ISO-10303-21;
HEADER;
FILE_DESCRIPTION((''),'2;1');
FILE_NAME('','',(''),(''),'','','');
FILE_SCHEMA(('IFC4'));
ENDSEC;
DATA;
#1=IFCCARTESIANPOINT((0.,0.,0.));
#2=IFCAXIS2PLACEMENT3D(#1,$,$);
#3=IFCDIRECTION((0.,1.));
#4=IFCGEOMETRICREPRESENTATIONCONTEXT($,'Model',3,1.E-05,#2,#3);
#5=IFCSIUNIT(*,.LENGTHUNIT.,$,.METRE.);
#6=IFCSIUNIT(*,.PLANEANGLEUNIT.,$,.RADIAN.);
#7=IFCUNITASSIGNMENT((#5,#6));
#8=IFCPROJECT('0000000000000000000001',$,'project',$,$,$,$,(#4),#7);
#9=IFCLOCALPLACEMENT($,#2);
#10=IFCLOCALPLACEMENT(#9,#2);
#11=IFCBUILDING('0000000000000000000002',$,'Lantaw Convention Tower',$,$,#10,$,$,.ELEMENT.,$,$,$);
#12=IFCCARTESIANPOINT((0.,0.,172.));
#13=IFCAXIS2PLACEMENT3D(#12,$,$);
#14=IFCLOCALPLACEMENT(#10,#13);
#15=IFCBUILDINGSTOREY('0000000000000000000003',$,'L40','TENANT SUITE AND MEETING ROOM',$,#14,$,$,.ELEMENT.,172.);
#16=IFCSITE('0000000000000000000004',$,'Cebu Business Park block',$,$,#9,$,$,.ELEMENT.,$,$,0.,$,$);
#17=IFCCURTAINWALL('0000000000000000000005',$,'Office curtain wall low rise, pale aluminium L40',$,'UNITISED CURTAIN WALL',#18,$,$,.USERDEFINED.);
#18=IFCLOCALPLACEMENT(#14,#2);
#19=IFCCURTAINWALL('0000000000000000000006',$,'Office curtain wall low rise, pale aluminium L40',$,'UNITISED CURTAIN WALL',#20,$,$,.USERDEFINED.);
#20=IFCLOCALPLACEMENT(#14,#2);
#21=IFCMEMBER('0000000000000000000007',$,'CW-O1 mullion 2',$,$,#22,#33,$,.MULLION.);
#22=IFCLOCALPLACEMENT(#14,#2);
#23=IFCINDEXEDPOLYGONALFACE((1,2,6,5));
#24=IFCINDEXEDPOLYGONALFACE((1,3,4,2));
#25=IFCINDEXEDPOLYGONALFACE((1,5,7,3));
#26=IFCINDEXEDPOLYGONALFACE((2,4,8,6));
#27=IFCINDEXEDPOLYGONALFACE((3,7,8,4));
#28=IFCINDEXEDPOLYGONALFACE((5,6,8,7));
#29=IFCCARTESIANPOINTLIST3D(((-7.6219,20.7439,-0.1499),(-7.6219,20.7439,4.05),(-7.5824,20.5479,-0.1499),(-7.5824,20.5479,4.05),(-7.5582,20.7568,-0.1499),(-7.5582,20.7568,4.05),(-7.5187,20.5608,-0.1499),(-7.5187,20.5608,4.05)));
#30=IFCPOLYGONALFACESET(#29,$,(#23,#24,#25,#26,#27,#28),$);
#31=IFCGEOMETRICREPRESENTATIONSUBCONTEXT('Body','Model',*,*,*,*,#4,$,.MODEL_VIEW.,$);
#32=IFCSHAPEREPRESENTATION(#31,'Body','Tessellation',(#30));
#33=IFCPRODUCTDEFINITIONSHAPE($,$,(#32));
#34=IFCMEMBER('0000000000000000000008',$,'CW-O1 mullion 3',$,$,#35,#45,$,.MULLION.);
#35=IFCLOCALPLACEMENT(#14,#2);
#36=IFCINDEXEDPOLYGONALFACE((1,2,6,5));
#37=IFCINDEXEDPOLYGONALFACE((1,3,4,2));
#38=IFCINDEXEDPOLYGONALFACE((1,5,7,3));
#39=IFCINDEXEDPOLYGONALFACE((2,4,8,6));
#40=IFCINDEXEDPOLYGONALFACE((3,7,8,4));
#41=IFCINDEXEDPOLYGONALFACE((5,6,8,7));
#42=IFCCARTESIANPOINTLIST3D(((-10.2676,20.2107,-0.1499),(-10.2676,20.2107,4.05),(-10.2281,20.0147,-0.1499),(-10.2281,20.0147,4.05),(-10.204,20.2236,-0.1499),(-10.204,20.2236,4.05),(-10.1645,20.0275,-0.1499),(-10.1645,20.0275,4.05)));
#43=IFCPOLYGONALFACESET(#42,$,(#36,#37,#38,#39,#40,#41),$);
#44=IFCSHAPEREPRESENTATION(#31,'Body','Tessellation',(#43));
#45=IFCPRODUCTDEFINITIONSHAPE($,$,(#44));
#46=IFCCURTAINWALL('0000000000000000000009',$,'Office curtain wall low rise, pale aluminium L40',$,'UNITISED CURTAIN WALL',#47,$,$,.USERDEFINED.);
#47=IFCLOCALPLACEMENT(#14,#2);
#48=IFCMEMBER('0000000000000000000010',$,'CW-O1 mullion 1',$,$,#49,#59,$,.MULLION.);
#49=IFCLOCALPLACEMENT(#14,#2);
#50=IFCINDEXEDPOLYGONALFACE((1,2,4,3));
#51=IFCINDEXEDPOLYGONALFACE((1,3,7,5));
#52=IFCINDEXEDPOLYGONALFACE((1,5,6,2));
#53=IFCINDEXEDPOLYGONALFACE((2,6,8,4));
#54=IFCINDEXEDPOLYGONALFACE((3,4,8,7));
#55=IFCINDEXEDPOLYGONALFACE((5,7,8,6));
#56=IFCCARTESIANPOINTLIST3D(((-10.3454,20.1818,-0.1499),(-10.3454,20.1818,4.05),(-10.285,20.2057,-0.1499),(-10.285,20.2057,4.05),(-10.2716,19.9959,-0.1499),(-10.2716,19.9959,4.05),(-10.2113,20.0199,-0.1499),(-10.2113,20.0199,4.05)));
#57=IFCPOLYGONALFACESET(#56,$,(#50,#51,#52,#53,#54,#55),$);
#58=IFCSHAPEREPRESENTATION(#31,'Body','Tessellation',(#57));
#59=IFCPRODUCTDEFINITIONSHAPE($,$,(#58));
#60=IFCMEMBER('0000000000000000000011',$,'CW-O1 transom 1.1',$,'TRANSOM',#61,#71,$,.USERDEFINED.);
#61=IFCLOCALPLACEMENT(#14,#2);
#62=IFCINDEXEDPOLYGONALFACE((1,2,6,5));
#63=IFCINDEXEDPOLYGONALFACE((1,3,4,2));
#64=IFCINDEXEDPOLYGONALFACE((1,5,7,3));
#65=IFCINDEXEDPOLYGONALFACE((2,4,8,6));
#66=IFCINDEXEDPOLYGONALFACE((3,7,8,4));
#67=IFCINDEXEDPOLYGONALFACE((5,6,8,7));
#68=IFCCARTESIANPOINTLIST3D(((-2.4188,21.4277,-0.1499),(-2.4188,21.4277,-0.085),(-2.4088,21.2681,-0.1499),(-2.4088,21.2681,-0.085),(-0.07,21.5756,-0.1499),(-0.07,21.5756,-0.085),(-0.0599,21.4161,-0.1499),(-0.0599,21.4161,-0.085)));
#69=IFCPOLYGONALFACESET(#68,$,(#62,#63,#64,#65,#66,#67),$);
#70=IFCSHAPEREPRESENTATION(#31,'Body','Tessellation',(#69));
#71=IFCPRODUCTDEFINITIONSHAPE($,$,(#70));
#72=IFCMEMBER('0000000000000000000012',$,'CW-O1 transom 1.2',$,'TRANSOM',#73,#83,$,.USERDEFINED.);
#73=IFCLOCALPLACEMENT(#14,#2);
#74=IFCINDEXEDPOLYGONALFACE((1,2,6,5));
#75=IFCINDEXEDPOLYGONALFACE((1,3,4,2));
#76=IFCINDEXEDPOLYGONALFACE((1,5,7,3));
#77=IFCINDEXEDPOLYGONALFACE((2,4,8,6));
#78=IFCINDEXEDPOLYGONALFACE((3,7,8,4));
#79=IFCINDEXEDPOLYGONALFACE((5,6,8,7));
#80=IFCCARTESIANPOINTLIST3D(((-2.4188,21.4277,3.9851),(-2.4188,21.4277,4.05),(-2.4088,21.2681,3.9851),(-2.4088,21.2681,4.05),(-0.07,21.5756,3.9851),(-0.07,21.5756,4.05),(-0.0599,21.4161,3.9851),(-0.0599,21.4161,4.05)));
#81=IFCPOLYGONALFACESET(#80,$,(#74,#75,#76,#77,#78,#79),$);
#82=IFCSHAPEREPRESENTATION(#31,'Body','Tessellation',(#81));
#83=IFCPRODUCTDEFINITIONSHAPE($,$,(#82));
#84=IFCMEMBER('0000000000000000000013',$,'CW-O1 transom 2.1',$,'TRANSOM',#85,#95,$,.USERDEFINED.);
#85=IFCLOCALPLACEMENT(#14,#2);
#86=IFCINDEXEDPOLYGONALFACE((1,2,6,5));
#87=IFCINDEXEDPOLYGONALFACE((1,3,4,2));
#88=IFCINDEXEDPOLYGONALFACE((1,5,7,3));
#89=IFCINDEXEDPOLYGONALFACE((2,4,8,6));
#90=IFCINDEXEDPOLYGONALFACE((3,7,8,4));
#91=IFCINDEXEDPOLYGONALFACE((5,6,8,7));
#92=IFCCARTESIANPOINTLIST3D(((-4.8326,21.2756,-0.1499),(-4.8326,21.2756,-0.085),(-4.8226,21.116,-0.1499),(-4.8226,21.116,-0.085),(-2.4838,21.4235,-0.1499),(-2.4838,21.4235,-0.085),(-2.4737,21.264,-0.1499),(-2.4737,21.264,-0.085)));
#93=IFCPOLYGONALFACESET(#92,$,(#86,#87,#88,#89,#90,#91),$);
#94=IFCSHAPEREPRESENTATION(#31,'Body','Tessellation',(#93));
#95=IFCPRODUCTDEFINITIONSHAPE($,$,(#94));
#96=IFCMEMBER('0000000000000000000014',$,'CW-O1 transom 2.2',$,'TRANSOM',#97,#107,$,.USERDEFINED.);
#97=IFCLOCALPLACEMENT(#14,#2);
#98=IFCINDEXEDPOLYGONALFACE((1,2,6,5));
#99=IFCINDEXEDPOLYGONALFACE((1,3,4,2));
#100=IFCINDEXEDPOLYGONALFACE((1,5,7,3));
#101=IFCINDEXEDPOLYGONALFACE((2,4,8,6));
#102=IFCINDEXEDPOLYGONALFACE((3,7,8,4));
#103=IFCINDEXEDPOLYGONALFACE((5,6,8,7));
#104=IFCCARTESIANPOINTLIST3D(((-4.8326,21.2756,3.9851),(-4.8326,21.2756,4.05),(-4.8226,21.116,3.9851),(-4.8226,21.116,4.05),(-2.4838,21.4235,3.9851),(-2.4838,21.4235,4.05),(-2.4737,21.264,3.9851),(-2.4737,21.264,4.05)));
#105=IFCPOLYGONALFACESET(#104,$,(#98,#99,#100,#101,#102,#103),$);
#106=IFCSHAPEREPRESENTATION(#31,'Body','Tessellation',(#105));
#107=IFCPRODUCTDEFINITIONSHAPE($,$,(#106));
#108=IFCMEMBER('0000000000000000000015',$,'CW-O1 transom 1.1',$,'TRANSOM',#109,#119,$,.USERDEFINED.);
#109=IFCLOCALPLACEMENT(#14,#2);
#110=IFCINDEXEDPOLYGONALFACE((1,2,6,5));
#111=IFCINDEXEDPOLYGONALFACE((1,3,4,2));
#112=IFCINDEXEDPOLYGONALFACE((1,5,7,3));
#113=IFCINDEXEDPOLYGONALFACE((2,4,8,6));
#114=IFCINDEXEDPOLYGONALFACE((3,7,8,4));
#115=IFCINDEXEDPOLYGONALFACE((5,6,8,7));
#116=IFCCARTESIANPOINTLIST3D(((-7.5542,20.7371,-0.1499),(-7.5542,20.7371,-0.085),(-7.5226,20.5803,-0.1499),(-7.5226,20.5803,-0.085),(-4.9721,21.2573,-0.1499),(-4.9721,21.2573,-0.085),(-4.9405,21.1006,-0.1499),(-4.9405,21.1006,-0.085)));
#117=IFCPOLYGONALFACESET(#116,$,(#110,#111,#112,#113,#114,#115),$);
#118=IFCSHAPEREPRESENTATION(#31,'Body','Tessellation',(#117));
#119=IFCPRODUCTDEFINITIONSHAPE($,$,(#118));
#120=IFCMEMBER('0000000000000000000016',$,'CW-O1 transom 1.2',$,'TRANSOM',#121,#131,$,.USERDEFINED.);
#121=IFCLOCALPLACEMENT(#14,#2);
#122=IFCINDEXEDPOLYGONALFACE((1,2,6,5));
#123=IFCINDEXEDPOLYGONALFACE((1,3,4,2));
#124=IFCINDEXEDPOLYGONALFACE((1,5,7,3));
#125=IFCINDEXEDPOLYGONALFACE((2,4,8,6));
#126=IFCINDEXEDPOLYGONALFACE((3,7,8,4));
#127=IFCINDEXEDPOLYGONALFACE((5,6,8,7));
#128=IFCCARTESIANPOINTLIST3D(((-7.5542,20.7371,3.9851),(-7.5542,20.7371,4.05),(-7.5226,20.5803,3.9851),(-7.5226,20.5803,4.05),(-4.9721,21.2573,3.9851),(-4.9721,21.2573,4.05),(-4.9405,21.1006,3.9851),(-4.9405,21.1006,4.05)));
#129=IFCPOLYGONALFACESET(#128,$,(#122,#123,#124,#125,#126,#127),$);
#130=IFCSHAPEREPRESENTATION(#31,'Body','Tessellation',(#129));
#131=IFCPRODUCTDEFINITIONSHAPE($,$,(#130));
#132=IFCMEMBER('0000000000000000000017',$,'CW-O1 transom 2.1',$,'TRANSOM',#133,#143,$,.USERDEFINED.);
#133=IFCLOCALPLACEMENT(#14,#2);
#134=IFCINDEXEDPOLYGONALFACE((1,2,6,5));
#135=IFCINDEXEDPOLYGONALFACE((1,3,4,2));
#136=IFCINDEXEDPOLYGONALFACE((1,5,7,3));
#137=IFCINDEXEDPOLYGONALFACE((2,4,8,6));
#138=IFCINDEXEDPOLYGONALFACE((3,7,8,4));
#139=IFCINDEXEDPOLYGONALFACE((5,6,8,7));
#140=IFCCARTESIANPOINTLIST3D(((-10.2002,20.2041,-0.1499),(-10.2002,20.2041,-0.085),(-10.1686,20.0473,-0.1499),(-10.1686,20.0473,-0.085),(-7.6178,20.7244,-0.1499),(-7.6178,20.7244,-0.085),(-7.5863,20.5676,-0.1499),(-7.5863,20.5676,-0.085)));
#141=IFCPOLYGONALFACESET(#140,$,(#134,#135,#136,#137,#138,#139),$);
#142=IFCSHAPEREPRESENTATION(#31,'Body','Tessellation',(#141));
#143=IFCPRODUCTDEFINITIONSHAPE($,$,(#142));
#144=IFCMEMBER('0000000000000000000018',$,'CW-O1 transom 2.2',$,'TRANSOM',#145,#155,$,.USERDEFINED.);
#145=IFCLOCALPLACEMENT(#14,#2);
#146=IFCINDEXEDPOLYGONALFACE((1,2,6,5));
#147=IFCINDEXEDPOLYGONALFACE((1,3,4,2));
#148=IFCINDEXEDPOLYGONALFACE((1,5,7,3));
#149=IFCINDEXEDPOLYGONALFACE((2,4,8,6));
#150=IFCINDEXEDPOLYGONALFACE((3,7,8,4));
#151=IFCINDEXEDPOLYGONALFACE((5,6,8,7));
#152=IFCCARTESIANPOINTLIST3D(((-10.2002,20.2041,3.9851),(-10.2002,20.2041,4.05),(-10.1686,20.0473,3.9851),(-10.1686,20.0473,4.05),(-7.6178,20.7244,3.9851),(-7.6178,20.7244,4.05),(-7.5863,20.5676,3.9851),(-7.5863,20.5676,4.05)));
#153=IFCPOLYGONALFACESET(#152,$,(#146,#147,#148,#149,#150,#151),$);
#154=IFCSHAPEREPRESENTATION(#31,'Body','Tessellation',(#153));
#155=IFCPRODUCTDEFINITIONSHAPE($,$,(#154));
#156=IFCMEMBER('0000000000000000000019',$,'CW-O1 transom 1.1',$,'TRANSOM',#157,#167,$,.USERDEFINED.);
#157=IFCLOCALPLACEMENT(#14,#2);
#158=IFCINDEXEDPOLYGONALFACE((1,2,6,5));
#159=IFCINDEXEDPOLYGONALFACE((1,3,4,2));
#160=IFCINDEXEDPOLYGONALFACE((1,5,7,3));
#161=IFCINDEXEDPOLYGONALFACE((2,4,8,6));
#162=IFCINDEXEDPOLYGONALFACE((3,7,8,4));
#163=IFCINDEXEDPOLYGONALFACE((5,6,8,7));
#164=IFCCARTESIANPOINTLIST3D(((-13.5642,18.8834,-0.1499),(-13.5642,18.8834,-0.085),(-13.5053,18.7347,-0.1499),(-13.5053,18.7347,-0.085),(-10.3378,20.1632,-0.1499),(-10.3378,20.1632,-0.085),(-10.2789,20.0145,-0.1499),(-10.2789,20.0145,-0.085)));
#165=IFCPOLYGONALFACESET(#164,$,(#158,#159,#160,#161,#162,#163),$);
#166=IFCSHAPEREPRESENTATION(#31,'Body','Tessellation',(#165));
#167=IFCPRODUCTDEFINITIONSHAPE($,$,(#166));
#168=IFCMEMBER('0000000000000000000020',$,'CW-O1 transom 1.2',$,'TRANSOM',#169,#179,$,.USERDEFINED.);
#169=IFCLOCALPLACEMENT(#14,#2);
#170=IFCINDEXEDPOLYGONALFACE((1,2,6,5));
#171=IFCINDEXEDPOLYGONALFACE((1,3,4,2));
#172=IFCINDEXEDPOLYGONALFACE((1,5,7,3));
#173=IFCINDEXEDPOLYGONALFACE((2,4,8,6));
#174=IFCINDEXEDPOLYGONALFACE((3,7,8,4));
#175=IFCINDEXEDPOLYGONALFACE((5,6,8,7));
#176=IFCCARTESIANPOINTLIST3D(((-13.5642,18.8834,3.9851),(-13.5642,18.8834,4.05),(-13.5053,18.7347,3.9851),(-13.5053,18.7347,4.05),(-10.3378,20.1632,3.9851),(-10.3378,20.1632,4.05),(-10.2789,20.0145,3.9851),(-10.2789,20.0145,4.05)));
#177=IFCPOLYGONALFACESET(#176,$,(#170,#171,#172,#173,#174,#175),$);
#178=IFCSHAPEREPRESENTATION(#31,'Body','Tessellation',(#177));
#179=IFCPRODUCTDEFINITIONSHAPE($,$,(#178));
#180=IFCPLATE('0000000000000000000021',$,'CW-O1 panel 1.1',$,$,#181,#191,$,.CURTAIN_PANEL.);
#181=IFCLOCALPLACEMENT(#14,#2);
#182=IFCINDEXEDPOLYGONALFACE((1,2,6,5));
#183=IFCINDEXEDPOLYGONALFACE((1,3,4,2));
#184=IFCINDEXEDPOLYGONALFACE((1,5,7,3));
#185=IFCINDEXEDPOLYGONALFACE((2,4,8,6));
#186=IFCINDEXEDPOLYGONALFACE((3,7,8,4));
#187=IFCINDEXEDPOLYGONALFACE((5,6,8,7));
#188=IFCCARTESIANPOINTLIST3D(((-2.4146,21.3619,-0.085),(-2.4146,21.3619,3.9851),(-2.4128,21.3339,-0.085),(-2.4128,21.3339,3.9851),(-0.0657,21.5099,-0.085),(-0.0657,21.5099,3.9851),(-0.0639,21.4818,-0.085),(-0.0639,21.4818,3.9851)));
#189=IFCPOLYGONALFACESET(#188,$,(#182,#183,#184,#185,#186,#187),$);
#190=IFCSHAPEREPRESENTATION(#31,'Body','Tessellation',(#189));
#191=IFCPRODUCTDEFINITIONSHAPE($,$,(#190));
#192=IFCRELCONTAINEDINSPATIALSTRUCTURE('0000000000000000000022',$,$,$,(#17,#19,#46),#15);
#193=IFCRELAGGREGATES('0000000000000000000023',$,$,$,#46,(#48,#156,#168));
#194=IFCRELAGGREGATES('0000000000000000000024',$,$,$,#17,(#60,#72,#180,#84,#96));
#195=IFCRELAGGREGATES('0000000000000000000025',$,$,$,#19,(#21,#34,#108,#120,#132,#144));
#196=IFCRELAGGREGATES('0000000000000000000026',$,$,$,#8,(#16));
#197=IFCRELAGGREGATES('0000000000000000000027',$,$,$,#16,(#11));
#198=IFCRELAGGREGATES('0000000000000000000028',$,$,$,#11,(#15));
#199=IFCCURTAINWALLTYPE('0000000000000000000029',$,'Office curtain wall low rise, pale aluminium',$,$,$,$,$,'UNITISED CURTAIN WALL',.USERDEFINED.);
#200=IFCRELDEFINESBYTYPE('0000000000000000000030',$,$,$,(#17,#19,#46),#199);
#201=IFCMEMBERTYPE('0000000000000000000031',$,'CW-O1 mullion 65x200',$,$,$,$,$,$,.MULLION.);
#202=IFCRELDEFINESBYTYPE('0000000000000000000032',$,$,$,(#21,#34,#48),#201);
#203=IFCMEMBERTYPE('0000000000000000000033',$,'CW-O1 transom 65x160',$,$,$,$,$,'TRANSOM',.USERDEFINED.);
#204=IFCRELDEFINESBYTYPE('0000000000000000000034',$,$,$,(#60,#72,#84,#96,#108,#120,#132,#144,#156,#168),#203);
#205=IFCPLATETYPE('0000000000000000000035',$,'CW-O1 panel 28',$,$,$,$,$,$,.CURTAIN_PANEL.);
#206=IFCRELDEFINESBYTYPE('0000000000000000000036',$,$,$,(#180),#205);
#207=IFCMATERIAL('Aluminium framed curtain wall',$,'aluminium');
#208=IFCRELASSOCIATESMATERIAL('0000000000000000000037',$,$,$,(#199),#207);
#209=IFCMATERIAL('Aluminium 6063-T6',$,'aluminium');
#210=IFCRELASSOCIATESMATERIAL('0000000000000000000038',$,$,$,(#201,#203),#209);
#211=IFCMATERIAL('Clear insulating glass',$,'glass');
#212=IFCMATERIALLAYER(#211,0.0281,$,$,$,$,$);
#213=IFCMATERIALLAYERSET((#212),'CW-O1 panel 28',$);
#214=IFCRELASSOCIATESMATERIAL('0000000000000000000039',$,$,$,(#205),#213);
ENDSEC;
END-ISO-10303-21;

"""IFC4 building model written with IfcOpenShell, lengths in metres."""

from ifc_helpers import new_model, si_unit, direction, frame, origin, origin_2d, place, context, subcontext, project, spatial, rectangle, extrude, material, layer, layer_set, material_profile, profile_set, type_object, element, aggregate, save


model = new_model("IFC4")

# Units and contexts
model_context = context("Model", 3, precision=1e-05, world=origin(), true_north=direction((0.0, 1.0)))
body_context = subcontext(model_context, "Body", "Model", "MODEL_VIEW")
ifc_project = project(units=[si_unit("LENGTHUNIT", "METRE"), si_unit("PLANEANGLEUNIT", "RADIAN")], contexts=[model_context])

# Site, building, storey
site_placement = place(None, origin())
site = spatial("IfcSite", under=ifc_project, at=site_placement, Name="Cebu Business Park block", CompositionType="ELEMENT", RefElevation=0.0)
building_placement = place(site_placement, origin())
building = spatial("IfcBuilding", under=site, at=building_placement, Name="Lantaw Convention Tower", CompositionType="ELEMENT")
storey_placement = place(building_placement, frame((0.0, 0.0, 172.0)))
storey = spatial("IfcBuildingStorey", under=building, at=storey_placement, Name="L40", Description="TENANT SUITE AND MEETING ROOM", CompositionType="ELEMENT", Elevation=172.0)

# Curtain walls, members
ifc_material_1 = material(Name="Aluminium framed curtain wall", Category="aluminium")
curtain_wall_type = type_object("IfcCurtainWallType", Name="Office curtain wall low rise, pale aluminium", ElementType="UNITISED CURTAIN WALL", PredefinedType="USERDEFINED", material=ifc_material_1)
curtain_wall_1_placement = place(storey_placement, origin())
curtain_wall_1 = element("IfcCurtainWall", 1, at=curtain_wall_1_placement, inside=storey, type_object=curtain_wall_type, Name="Office curtain wall low rise, pale aluminium L40", ObjectType="UNITISED CURTAIN WALL", PredefinedType="USERDEFINED")
ifc_material_2 = material(Name="Aluminium 6063-T6", Category="aluminium")
ifc_material_profile_1 = material_profile(ifc_material_2, rectangle(XDim=0.2, YDim=0.0649, at=origin_2d()), Name="CW-O1 mullion 65x200")
ifc_profile_set_1 = profile_set([ifc_material_profile_1], Name="Aluminium 6063-T6")
member_type_1 = type_object("IfcMemberType", Name="CW-O1 mullion 65x200", PredefinedType="MULLION", material=ifc_profile_set_1)
curtain_wall_2_placement = place(storey_placement, origin())
curtain_wall_2 = element("IfcCurtainWall", 2, at=curtain_wall_2_placement, inside=storey, type_object=curtain_wall_type, Name="Office curtain wall low rise, pale aluminium L40", ObjectType="UNITISED CURTAIN WALL", PredefinedType="USERDEFINED")
member_1_placement = place(storey_placement, frame((-7.5703, 20.6523, -0.1499), z_axis=(0.0, 0.0, 1.0), x_axis=(0.197507, -0.980302, 0.0)))
member_1 = element("IfcMember", 3, at=member_1_placement, type_object=member_type_1, Name="CW-O1 mullion 2", PredefinedType="MULLION", context=body_context, shape_type="SweptSolid", body=[
    extrude(rectangle(XDim=0.2, YDim=0.0649, at=origin_2d()), origin(), (0.0, 0.0, 1.0), 4.2),
])
member_2_placement = place(storey_placement, frame((-10.2161, 20.1191, -0.1499), z_axis=(0.0, 0.0, 1.0), x_axis=(0.197507, -0.980302, 0.0)))
member_2 = element("IfcMember", 4, at=member_2_placement, type_object=member_type_1, Name="CW-O1 mullion 3", PredefinedType="MULLION", context=body_context, shape_type="SweptSolid", body=[
    extrude(rectangle(XDim=0.2, YDim=0.0649, at=origin_2d()), origin(), (0.0, 0.0, 1.0), 4.2),
])

# Curtain wall, member
curtain_wall_3_placement = place(storey_placement, origin())
curtain_wall_3 = element("IfcCurtainWall", 5, at=curtain_wall_3_placement, inside=storey, type_object=curtain_wall_type, Name="Office curtain wall low rise, pale aluminium L40", ObjectType="UNITISED CURTAIN WALL", PredefinedType="USERDEFINED")
member_3_placement = place(storey_placement, frame((-10.2783, 20.1008, -0.1499), z_axis=(0.0, 0.0, 1.0), x_axis=(0.368702, -0.929548, 0.0)))
member_3 = element("IfcMember", 6, at=member_3_placement, type_object=member_type_1, Name="CW-O1 mullion 1", PredefinedType="MULLION", context=body_context, shape_type="SweptSolid", body=[
    extrude(rectangle(XDim=0.2, YDim=0.0649, at=origin_2d()), origin(), (0.0, 0.0, 1.0), 4.2),
])

# Members
ifc_material_profile_2 = material_profile(ifc_material_2, rectangle(XDim=0.1599, YDim=0.0649, at=origin_2d()), Name="CW-O1 transom 65x160")
ifc_profile_set_2 = profile_set([ifc_material_profile_2], Name="Aluminium 6063-T6")
member_type_2 = type_object("IfcMemberType", Name="CW-O1 transom 65x160", ElementType="TRANSOM", PredefinedType="USERDEFINED", material=ifc_profile_set_2)
member_4_placement = place(storey_placement, frame((-0.0649, 21.4958, -0.1174), z_axis=(-0.998022, -0.062863, 0.0), x_axis=(0.062863, -0.998022, 0.0)))
member_4 = element("IfcMember", 7, at=member_4_placement, type_object=member_type_2, Name="CW-O1 transom 1.1", ObjectType="TRANSOM", PredefinedType="USERDEFINED", context=body_context, shape_type="SweptSolid", body=[
    extrude(rectangle(XDim=0.1599, YDim=0.0649, at=origin_2d()), origin(), (0.0, 0.0, 1.0), 2.3535),
])
member_5_placement = place(storey_placement, frame((-0.0649, 21.4958, 4.0176), z_axis=(-0.998022, -0.062863, 0.0), x_axis=(0.062863, -0.998022, 0.0)))
member_5 = element("IfcMember", 8, at=member_5_placement, type_object=member_type_2, Name="CW-O1 transom 1.2", ObjectType="TRANSOM", PredefinedType="USERDEFINED", context=body_context, shape_type="SweptSolid", body=[
    extrude(rectangle(XDim=0.1599, YDim=0.0649, at=origin_2d()), origin(), (0.0, 0.0, 1.0), 2.3535),
])
member_6_placement = place(storey_placement, frame((-2.4788, 21.3438, -0.1174), z_axis=(-0.998022, -0.062863, 0.0), x_axis=(0.062863, -0.998022, 0.0)))
member_6 = element("IfcMember", 9, at=member_6_placement, type_object=member_type_2, Name="CW-O1 transom 2.1", ObjectType="TRANSOM", PredefinedType="USERDEFINED", context=body_context, shape_type="SweptSolid", body=[
    extrude(rectangle(XDim=0.1599, YDim=0.0649, at=origin_2d()), origin(), (0.0, 0.0, 1.0), 2.3535),
])
member_7_placement = place(storey_placement, frame((-2.4788, 21.3438, 4.0176), z_axis=(-0.998022, -0.062863, 0.0), x_axis=(0.062863, -0.998022, 0.0)))
member_7 = element("IfcMember", 10, at=member_7_placement, type_object=member_type_2, Name="CW-O1 transom 2.2", ObjectType="TRANSOM", PredefinedType="USERDEFINED", context=body_context, shape_type="SweptSolid", body=[
    extrude(rectangle(XDim=0.1599, YDim=0.0649, at=origin_2d()), origin(), (0.0, 0.0, 1.0), 2.3535),
])
member_8_placement = place(storey_placement, frame((-4.9563, 21.179, -0.1174), z_axis=(-0.980298, -0.197524, 0.0), x_axis=(0.197524, -0.980298, 0.0)))
member_8 = element("IfcMember", 11, at=member_8_placement, type_object=member_type_2, Name="CW-O1 transom 1.1", ObjectType="TRANSOM", PredefinedType="USERDEFINED", context=body_context, shape_type="SweptSolid", body=[
    extrude(rectangle(XDim=0.1599, YDim=0.0649, at=origin_2d()), origin(), (0.0, 0.0, 1.0), 2.634),
])
member_9_placement = place(storey_placement, frame((-4.9563, 21.179, 4.0176), z_axis=(-0.980298, -0.197524, 0.0), x_axis=(0.197524, -0.980298, 0.0)))
member_9 = element("IfcMember", 12, at=member_9_placement, type_object=member_type_2, Name="CW-O1 transom 1.2", ObjectType="TRANSOM", PredefinedType="USERDEFINED", context=body_context, shape_type="SweptSolid", body=[
    extrude(rectangle(XDim=0.1599, YDim=0.0649, at=origin_2d()), origin(), (0.0, 0.0, 1.0), 2.634),
])
member_10_placement = place(storey_placement, frame((-7.6021, 20.646, -0.1174), z_axis=(-0.980302, -0.197506, 0.0), x_axis=(0.197506, -0.980302, 0.0)))
member_10 = element("IfcMember", 13, at=member_10_placement, type_object=member_type_2, Name="CW-O1 transom 2.1", ObjectType="TRANSOM", PredefinedType="USERDEFINED", context=body_context, shape_type="SweptSolid", body=[
    extrude(rectangle(XDim=0.1599, YDim=0.0649, at=origin_2d()), origin(), (0.0, 0.0, 1.0), 2.6343),
])
member_11_placement = place(storey_placement, frame((-7.6021, 20.646, 4.0176), z_axis=(-0.980302, -0.197506, 0.0), x_axis=(0.197506, -0.980302, 0.0)))
member_11 = element("IfcMember", 14, at=member_11_placement, type_object=member_type_2, Name="CW-O1 transom 2.2", ObjectType="TRANSOM", PredefinedType="USERDEFINED", context=body_context, shape_type="SweptSolid", body=[
    extrude(rectangle(XDim=0.1599, YDim=0.0649, at=origin_2d()), origin(), (0.0, 0.0, 1.0), 2.6343),
])
member_12_placement = place(storey_placement, frame((-10.3083, 20.0889, -0.1174), z_axis=(-0.92954, -0.368721, 0.0), x_axis=(0.368721, -0.92954, 0.0)))
member_12 = element("IfcMember", 15, at=member_12_placement, type_object=member_type_2, Name="CW-O1 transom 1.1", ObjectType="TRANSOM", PredefinedType="USERDEFINED", context=body_context, shape_type="SweptSolid", body=[
    extrude(rectangle(XDim=0.1599, YDim=0.0649, at=origin_2d()), origin(), (0.0, 0.0, 1.0), 3.4709),
])
member_13_placement = place(storey_placement, frame((-10.3083, 20.0889, 4.0176), z_axis=(-0.92954, -0.368721, 0.0), x_axis=(0.368721, -0.92954, 0.0)))
member_13 = element("IfcMember", 16, at=member_13_placement, type_object=member_type_2, Name="CW-O1 transom 1.2", ObjectType="TRANSOM", PredefinedType="USERDEFINED", context=body_context, shape_type="SweptSolid", body=[
    extrude(rectangle(XDim=0.1599, YDim=0.0649, at=origin_2d()), origin(), (0.0, 0.0, 1.0), 3.4709),
])
aggregate(curtain_wall_3, [member_3, member_12, member_13])

# Plate
ifc_material_3 = material(Name="Clear insulating glass", Category="glass")
ifc_layer_1 = layer(ifc_material_3, 0.0281)
ifc_layer_set_1 = layer_set([ifc_layer_1], Name="CW-O1 panel 28")
plate_type_1 = type_object("IfcPlateType", Name="CW-O1 panel 28", PredefinedType="CURTAIN_PANEL", material=ifc_layer_set_1)
plate_1_placement = place(storey_placement, frame((-1.2393, 21.4219, -0.085), z_axis=(0.0, 0.0, 1.0), x_axis=(-0.998022, -0.062865, 0.0)))
plate_1 = element("IfcPlate", 17, at=plate_1_placement, type_object=plate_type_1, Name="CW-O1 panel 1.1", PredefinedType="CURTAIN_PANEL", context=body_context, shape_type="SweptSolid", body=[
    extrude(rectangle(XDim=2.3535, YDim=0.0281, at=origin_2d()), origin(), (0.0, 0.0, 1.0), 4.0701),
])
aggregate(curtain_wall_1, [member_4, member_5, plate_1, member_6, member_7])
aggregate(curtain_wall_2, [member_1, member_2, member_8, member_9, member_10, member_11])

save(model, "model.ifc")
